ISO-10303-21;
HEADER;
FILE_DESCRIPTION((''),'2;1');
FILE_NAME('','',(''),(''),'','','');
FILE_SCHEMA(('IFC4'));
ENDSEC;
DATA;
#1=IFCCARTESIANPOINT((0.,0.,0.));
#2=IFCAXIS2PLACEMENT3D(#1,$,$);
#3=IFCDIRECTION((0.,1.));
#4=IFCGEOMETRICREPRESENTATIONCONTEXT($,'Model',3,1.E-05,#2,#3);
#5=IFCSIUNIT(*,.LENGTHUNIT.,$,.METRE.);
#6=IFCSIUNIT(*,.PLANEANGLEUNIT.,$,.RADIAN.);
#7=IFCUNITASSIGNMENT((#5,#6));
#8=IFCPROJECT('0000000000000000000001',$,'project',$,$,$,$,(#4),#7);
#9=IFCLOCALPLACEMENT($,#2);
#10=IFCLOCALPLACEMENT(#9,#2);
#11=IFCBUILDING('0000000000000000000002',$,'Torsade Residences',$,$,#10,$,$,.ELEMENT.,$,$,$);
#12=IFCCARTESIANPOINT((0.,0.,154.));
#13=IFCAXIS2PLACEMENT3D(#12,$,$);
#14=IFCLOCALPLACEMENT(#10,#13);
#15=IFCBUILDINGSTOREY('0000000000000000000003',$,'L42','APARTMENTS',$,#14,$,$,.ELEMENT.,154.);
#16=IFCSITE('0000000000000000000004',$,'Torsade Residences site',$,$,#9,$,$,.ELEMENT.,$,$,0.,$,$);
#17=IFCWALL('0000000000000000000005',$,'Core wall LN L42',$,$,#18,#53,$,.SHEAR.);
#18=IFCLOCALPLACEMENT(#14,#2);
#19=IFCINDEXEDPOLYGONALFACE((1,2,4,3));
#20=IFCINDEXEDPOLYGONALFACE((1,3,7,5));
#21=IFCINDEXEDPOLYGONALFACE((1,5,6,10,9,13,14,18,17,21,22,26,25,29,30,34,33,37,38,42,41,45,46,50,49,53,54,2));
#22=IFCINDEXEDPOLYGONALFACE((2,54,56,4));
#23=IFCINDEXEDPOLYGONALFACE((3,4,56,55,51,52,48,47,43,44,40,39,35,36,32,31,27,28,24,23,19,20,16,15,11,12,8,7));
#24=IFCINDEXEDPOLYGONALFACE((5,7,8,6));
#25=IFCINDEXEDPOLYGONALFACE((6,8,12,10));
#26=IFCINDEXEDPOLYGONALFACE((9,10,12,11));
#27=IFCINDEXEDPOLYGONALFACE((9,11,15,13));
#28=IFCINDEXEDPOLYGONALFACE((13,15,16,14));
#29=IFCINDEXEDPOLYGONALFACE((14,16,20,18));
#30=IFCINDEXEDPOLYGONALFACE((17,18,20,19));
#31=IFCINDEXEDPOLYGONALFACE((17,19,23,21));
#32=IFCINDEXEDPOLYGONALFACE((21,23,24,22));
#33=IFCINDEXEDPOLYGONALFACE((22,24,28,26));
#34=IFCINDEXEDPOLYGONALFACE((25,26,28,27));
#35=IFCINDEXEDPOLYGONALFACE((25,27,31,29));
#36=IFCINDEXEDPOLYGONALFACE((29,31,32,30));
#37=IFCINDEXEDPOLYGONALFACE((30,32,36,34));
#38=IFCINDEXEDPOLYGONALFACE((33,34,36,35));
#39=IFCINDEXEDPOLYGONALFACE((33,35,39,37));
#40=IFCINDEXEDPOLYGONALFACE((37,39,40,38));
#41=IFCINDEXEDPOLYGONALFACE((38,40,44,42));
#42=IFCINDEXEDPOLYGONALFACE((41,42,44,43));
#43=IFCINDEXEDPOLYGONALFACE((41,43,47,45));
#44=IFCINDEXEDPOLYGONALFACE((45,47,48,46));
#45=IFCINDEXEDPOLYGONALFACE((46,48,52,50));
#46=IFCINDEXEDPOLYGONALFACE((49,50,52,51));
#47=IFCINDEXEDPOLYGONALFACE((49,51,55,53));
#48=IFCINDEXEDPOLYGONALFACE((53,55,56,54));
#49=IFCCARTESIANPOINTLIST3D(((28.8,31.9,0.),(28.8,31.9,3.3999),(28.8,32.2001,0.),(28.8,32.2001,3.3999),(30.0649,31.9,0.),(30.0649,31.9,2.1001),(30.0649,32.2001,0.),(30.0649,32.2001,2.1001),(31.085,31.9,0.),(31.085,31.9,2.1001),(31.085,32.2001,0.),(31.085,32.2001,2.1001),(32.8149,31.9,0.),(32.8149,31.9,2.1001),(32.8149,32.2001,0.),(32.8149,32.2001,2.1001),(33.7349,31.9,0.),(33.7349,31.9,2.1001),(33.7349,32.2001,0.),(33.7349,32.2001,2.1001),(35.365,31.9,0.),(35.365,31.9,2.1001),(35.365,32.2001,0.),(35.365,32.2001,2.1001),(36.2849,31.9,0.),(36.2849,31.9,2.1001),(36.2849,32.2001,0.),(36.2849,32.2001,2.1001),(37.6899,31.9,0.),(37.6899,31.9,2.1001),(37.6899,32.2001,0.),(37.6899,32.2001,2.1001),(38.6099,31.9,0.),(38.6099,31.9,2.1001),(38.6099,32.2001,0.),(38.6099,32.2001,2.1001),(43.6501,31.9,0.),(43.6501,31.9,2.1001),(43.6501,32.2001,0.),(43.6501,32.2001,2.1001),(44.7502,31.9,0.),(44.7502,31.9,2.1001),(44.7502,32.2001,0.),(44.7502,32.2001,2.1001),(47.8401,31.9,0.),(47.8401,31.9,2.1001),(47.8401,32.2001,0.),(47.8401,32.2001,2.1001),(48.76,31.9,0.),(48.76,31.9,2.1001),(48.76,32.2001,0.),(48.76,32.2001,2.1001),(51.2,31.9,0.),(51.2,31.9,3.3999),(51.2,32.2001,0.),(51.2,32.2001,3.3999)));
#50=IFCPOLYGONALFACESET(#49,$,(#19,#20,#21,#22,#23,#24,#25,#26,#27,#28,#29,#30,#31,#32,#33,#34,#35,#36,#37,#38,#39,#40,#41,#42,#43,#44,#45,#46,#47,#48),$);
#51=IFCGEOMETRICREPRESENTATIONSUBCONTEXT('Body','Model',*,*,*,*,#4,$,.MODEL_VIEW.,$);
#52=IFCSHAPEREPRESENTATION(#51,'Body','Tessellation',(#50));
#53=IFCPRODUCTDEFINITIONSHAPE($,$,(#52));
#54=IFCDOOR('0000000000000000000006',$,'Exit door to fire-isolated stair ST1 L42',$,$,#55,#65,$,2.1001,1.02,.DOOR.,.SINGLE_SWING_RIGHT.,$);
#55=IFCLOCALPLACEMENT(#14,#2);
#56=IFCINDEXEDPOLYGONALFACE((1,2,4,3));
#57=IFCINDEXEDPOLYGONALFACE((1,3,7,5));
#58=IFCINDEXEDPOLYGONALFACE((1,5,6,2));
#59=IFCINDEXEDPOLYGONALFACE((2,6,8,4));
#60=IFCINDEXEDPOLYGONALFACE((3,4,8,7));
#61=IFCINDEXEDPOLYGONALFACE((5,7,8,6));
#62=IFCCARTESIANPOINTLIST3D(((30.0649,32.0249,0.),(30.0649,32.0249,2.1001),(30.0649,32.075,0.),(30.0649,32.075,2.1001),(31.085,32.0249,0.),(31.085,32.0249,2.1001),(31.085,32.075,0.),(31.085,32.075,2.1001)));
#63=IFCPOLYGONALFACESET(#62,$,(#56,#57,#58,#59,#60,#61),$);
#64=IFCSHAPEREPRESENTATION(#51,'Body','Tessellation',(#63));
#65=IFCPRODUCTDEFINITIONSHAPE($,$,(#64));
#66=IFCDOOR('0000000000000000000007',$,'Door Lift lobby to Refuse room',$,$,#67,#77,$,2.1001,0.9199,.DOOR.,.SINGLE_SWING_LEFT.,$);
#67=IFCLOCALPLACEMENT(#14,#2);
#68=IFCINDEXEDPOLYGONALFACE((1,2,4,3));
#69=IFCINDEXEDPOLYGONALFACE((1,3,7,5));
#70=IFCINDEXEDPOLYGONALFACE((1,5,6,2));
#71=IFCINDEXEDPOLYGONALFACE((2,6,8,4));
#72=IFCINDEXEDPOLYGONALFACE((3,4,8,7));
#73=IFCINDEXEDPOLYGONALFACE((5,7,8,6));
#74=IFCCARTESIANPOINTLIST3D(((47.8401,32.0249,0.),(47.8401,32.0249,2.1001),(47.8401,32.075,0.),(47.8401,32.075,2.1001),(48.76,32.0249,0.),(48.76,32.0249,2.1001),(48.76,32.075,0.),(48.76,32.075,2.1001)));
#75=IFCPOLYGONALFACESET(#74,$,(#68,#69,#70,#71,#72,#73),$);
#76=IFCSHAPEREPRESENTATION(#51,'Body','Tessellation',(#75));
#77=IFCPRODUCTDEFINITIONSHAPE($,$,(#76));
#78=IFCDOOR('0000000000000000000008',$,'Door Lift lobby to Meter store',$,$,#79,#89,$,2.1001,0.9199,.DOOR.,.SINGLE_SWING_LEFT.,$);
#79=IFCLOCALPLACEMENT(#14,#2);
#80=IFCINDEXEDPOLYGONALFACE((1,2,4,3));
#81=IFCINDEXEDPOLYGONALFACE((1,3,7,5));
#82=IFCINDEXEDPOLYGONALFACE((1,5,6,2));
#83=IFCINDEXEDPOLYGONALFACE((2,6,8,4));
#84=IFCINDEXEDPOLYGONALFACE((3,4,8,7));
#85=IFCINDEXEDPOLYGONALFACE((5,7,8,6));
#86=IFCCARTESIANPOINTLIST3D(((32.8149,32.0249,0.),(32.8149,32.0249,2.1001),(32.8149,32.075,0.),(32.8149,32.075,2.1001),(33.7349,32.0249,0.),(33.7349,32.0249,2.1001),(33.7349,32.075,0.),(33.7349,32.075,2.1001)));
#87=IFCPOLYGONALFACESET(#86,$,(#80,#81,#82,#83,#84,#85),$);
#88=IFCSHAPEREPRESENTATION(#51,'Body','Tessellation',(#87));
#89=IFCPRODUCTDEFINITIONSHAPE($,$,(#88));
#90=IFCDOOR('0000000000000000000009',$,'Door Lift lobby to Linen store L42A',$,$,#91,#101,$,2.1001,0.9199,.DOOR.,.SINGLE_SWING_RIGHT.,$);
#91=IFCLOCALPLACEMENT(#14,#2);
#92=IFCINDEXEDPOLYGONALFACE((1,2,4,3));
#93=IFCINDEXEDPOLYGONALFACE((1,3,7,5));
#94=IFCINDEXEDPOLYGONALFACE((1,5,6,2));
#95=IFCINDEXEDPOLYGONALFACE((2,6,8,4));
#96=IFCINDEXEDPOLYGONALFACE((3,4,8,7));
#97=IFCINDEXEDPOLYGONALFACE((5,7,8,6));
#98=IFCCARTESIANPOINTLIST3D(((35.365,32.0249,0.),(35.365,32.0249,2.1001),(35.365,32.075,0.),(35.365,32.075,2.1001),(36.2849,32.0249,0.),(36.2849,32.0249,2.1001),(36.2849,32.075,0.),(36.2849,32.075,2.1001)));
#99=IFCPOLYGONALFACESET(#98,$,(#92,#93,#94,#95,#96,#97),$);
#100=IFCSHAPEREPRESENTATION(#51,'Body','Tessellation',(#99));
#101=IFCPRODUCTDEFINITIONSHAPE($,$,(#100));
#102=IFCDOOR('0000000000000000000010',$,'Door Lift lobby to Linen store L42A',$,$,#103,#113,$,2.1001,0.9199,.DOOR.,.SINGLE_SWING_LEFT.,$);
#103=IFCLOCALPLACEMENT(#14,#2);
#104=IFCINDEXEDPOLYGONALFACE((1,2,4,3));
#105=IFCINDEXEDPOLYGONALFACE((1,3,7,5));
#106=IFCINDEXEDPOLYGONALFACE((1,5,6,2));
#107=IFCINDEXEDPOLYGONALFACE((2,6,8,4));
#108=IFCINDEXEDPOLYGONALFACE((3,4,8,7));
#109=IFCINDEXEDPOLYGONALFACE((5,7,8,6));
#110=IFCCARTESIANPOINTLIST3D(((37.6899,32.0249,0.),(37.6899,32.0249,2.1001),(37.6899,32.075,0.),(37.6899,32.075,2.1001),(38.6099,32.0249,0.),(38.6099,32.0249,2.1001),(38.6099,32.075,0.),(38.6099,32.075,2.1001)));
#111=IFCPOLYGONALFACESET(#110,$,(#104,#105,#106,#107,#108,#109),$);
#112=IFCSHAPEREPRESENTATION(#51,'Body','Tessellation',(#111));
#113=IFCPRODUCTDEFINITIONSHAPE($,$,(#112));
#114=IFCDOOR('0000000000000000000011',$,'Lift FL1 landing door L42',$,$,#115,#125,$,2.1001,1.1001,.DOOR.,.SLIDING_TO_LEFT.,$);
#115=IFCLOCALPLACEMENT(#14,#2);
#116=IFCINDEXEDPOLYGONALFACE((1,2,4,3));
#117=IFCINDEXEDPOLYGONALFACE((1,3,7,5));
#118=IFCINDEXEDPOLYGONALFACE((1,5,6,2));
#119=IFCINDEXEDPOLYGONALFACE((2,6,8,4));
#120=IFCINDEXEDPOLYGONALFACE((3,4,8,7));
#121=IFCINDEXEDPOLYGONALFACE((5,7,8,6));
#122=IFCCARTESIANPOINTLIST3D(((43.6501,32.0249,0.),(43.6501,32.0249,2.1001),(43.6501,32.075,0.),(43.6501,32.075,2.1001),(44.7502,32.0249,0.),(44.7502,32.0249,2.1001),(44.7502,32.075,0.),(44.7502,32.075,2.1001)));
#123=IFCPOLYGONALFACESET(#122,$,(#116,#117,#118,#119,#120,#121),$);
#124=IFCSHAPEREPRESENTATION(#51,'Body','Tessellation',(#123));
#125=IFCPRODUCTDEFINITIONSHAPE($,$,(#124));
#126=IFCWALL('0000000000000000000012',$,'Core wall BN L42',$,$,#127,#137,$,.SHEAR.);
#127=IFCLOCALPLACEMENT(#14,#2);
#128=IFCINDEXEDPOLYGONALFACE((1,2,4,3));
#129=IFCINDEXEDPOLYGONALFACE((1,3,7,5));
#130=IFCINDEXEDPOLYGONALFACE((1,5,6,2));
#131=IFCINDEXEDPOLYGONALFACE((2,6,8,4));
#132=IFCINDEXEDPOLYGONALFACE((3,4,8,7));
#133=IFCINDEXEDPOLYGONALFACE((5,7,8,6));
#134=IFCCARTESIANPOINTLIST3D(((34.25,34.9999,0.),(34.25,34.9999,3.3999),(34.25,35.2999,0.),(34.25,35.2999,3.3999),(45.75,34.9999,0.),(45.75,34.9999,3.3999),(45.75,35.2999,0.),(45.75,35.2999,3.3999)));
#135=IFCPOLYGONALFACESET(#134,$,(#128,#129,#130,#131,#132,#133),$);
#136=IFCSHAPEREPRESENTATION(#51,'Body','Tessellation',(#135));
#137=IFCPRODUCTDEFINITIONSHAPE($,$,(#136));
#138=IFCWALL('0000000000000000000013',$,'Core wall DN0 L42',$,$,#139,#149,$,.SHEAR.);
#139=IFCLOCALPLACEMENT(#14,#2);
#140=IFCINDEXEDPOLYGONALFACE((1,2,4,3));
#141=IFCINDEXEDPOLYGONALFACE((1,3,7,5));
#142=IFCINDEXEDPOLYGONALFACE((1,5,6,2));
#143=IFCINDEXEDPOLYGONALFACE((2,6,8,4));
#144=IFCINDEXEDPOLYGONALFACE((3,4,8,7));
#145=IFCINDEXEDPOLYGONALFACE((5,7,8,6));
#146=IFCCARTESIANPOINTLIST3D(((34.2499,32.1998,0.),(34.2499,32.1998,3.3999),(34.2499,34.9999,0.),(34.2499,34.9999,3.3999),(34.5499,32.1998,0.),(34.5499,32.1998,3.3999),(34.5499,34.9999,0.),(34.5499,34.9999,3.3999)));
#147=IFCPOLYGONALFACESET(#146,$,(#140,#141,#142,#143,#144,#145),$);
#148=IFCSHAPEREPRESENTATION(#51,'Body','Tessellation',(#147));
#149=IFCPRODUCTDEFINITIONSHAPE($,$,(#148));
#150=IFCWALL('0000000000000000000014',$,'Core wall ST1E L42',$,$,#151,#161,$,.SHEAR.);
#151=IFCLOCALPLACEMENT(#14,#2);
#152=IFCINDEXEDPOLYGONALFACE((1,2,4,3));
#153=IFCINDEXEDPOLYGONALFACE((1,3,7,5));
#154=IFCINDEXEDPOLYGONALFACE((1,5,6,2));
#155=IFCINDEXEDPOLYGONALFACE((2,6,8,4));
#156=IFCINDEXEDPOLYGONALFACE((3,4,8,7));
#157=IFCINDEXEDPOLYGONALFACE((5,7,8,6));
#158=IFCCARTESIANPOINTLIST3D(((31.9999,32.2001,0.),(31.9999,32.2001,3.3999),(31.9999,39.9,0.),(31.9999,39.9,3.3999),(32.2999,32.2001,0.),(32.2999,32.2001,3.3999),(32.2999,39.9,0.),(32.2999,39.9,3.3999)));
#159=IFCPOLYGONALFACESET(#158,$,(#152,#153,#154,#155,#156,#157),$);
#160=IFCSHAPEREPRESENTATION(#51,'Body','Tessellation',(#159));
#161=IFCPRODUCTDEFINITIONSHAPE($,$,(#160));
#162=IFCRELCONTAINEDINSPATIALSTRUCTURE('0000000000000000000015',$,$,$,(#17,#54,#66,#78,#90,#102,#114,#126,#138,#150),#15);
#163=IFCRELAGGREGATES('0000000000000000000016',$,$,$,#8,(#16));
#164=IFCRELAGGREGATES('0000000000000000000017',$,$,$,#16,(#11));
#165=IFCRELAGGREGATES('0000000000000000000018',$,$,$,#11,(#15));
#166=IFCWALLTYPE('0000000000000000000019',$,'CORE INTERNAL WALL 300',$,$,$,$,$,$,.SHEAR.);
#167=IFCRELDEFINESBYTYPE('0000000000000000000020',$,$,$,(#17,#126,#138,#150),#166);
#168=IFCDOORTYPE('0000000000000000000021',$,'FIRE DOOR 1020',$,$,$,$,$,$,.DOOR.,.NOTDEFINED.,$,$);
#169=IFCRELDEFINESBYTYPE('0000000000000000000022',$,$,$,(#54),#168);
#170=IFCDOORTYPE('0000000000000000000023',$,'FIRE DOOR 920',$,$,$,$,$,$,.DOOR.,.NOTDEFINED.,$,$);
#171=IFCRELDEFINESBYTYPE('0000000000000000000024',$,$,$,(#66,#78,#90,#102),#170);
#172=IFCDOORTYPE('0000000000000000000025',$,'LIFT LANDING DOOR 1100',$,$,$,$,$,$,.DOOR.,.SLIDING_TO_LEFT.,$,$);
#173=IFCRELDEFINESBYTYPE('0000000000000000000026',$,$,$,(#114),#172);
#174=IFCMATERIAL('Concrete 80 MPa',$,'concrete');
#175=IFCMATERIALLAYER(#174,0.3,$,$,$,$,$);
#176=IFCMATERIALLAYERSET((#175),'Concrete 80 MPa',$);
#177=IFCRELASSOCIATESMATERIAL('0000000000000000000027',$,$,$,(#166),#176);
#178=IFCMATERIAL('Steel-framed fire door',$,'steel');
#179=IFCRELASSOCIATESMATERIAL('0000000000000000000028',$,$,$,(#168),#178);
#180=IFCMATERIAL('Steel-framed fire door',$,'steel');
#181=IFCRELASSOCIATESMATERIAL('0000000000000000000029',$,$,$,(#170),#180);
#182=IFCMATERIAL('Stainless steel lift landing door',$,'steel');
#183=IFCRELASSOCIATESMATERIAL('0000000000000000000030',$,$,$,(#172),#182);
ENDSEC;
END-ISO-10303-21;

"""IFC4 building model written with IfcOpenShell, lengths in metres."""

from ifc_helpers import new_model, si_unit, direction, frame, frame_2d, origin, place, context, subcontext, project, spatial, rectangle, extrude, material, layer, layer_set, type_object, element, fill, save


model = new_model("IFC4")

# Units and contexts
model_context = context("Model", 3, precision=1e-05, world=origin(), true_north=direction((0.0, 1.0)))
body_context = subcontext(model_context, "Body", "Model", "MODEL_VIEW")
ifc_project = project(units=[si_unit("LENGTHUNIT", "METRE"), si_unit("PLANEANGLEUNIT", "RADIAN")], contexts=[model_context])

# Site, building, storey
site_placement = place(None, origin())
site = spatial("IfcSite", under=ifc_project, at=site_placement, Name="Torsade Residences site", CompositionType="ELEMENT", RefElevation=0.0)
building_placement = place(site_placement, origin())
building = spatial("IfcBuilding", under=site, at=building_placement, Name="Torsade Residences", CompositionType="ELEMENT")
storey_placement = place(building_placement, frame((0.0, 0.0, 154.0)))
storey = spatial("IfcBuildingStorey", under=building, at=storey_placement, Name="L42", Description="APARTMENTS", CompositionType="ELEMENT", Elevation=154.0)

# Wall, openings, doors
ifc_material_1 = material(Name="Concrete 80 MPa", Category="concrete")
ifc_layer_1 = layer(ifc_material_1, 0.3)
ifc_layer_set_1 = layer_set([ifc_layer_1], Name="Concrete 80 MPa")
wall_type_1 = type_object("IfcWallType", Name="CORE INTERNAL WALL 300", PredefinedType="SHEAR", material=ifc_layer_set_1)
wall_1_placement = place(storey_placement, frame((28.8, 32.05, 0.0), z_axis=(0.0, 0.0, 1.0), x_axis=(1.0, 0.0, 0.0)))
wall_1 = element("IfcWall", 1, at=wall_1_placement, inside=storey, type_object=wall_type_1, Name="Core wall LN L42", PredefinedType="SHEAR", context=body_context, shape_type="SweptSolid", body=[
    extrude(rectangle(XDim=22.3999, YDim=0.3, at=frame_2d((11.2, 0.0))), origin(), (0.0, 0.0, 1.0), 3.3999),
])
opening_1_placement = place(wall_1_placement, frame((19.04, 0.0, 0.0)))
opening_1 = element("IfcOpeningElement", 2, at=opening_1_placement, cuts=wall_1, PredefinedType="OPENING", context=body_context, shape_type="SweptSolid", body=[
    extrude(rectangle(XDim=0.9199, YDim=2.1001, at=frame_2d((0.46, 1.05))), frame((0.0, 0.1599, 0.0), z_axis=(0.0, -1.0, 0.0), x_axis=(1.0, 0.0, 0.0)), (0.0, 0.0, 1.0), 0.3201),
])
opening_2_placement = place(wall_1_placement, frame((1.2649, 0.0, 0.0)))
opening_2 = element("IfcOpeningElement", 3, at=opening_2_placement, cuts=wall_1, PredefinedType="OPENING", context=body_context, shape_type="SweptSolid", body=[
    extrude(rectangle(XDim=1.02, YDim=2.1001, at=frame_2d((0.51, 1.05))), frame((0.0, 0.1599, 0.0), z_axis=(0.0, -1.0, 0.0), x_axis=(1.0, 0.0, 0.0)), (0.0, 0.0, 1.0), 0.3201),
])
opening_3_placement = place(wall_1_placement, frame((4.0149, 0.0, 0.0)))
opening_3 = element("IfcOpeningElement", 4, at=opening_3_placement, cuts=wall_1, PredefinedType="OPENING", context=body_context, shape_type="SweptSolid", body=[
    extrude(rectangle(XDim=0.9199, YDim=2.1001, at=frame_2d((0.46, 1.05))), frame((0.0, 0.1599, 0.0), z_axis=(0.0, -1.0, 0.0), x_axis=(1.0, 0.0, 0.0)), (0.0, 0.0, 1.0), 0.3201),
])
opening_4_placement = place(wall_1_placement, frame((6.5649, 0.0, 0.0)))
opening_4 = element("IfcOpeningElement", 5, at=opening_4_placement, cuts=wall_1, PredefinedType="OPENING", context=body_context, shape_type="SweptSolid", body=[
    extrude(rectangle(XDim=0.9199, YDim=2.1001, at=frame_2d((0.46, 1.05))), frame((0.0, 0.1599, 0.0), z_axis=(0.0, -1.0, 0.0), x_axis=(1.0, 0.0, 0.0)), (0.0, 0.0, 1.0), 0.3201),
])
opening_5_placement = place(wall_1_placement, frame((8.8899, 0.0, 0.0)))
opening_5 = element("IfcOpeningElement", 6, at=opening_5_placement, cuts=wall_1, PredefinedType="OPENING", context=body_context, shape_type="SweptSolid", body=[
    extrude(rectangle(XDim=0.9199, YDim=2.1001, at=frame_2d((0.46, 1.05))), frame((0.0, 0.1599, 0.0), z_axis=(0.0, -1.0, 0.0), x_axis=(1.0, 0.0, 0.0)), (0.0, 0.0, 1.0), 0.3201),
])
opening_6_placement = place(wall_1_placement, frame((14.8501, 0.0, 0.0)))
opening_6 = element("IfcOpeningElement", 7, at=opening_6_placement, cuts=wall_1, PredefinedType="OPENING", context=body_context, shape_type="SweptSolid", body=[
    extrude(rectangle(XDim=1.1001, YDim=2.1001, at=frame_2d((0.55, 1.05))), frame((0.0, 0.1599, 0.0), z_axis=(0.0, -1.0, 0.0), x_axis=(1.0, 0.0, 0.0)), (0.0, 0.0, 1.0), 0.3201),
])
ifc_material_2 = material(Name="Steel-framed fire door", Category="steel")
door_type_1 = type_object("IfcDoorType", Name="FIRE DOOR 1020", OperationType="NOTDEFINED", PredefinedType="DOOR", material=ifc_material_2)
door_1_placement = place(opening_2_placement, origin())
door_1 = element("IfcDoor", 8, at=door_1_placement, inside=storey, type_object=door_type_1, Name="Exit door to fire-isolated stair ST1 L42", OperationType="SINGLE_SWING_RIGHT", OverallHeight=2.1001, OverallWidth=1.02, PredefinedType="DOOR", context=body_context, shape_type="SweptSolid", body=[
    extrude(rectangle(XDim=1.02, YDim=2.1001, at=frame_2d((0.51, 1.05))), frame((0.0, 0.0249, 0.0), z_axis=(0.0, -1.0, 0.0), x_axis=(1.0, 0.0, 0.0)), (0.0, 0.0, 1.0), 0.05),
])
fill(opening_2, door_1)
ifc_material_3 = material(Name="Steel-framed fire door", Category="steel")
door_type_2 = type_object("IfcDoorType", Name="FIRE DOOR 920", OperationType="NOTDEFINED", PredefinedType="DOOR", material=ifc_material_3)
door_2_placement = place(opening_1_placement, origin())
door_2 = element("IfcDoor", 9, at=door_2_placement, inside=storey, type_object=door_type_2, Name="Door Lift lobby to Refuse room", OperationType="SINGLE_SWING_LEFT", OverallHeight=2.1001, OverallWidth=0.9199, PredefinedType="DOOR", context=body_context, shape_type="SweptSolid", body=[
    extrude(rectangle(XDim=0.9199, YDim=2.1001, at=frame_2d((0.46, 1.05))), frame((0.0, 0.0249, 0.0), z_axis=(0.0, -1.0, 0.0), x_axis=(1.0, 0.0, 0.0)), (0.0, 0.0, 1.0), 0.05),
])
fill(opening_1, door_2)
door_3_placement = place(opening_3_placement, origin())
door_3 = element("IfcDoor", 10, at=door_3_placement, inside=storey, type_object=door_type_2, Name="Door Lift lobby to Meter store", OperationType="SINGLE_SWING_LEFT", OverallHeight=2.1001, OverallWidth=0.9199, PredefinedType="DOOR", context=body_context, shape_type="SweptSolid", body=[
    extrude(rectangle(XDim=0.9199, YDim=2.1001, at=frame_2d((0.46, 1.05))), frame((0.0, 0.0249, 0.0), z_axis=(0.0, -1.0, 0.0), x_axis=(1.0, 0.0, 0.0)), (0.0, 0.0, 1.0), 0.05),
])
fill(opening_3, door_3)
door_4_placement = place(opening_4_placement, origin())
door_4 = element("IfcDoor", 11, at=door_4_placement, inside=storey, type_object=door_type_2, Name="Door Lift lobby to Linen store L42A", OperationType="SINGLE_SWING_RIGHT", OverallHeight=2.1001, OverallWidth=0.9199, PredefinedType="DOOR", context=body_context, shape_type="SweptSolid", body=[
    extrude(rectangle(XDim=0.9199, YDim=2.1001, at=frame_2d((0.46, 1.05))), frame((0.0, 0.0249, 0.0), z_axis=(0.0, -1.0, 0.0), x_axis=(1.0, 0.0, 0.0)), (0.0, 0.0, 1.0), 0.05),
])
fill(opening_4, door_4)
door_5_placement = place(opening_5_placement, origin())
door_5 = element("IfcDoor", 12, at=door_5_placement, inside=storey, type_object=door_type_2, Name="Door Lift lobby to Linen store L42A", OperationType="SINGLE_SWING_LEFT", OverallHeight=2.1001, OverallWidth=0.9199, PredefinedType="DOOR", context=body_context, shape_type="SweptSolid", body=[
    extrude(rectangle(XDim=0.9199, YDim=2.1001, at=frame_2d((0.46, 1.05))), frame((0.0, 0.0249, 0.0), z_axis=(0.0, -1.0, 0.0), x_axis=(1.0, 0.0, 0.0)), (0.0, 0.0, 1.0), 0.05),
])
fill(opening_5, door_5)
ifc_material_4 = material(Name="Stainless steel lift landing door", Category="steel")
door_type_3 = type_object("IfcDoorType", Name="LIFT LANDING DOOR 1100", OperationType="SLIDING_TO_LEFT", PredefinedType="DOOR", material=ifc_material_4)
door_6_placement = place(opening_6_placement, origin())
door_6 = element("IfcDoor", 13, at=door_6_placement, inside=storey, type_object=door_type_3, Name="Lift FL1 landing door L42", OperationType="SLIDING_TO_LEFT", OverallHeight=2.1001, OverallWidth=1.1001, PredefinedType="DOOR", context=body_context, shape_type="SweptSolid", body=[
    extrude(rectangle(XDim=1.1001, YDim=2.1001, at=frame_2d((0.55, 1.05))), frame((0.0, 0.0249, 0.0), z_axis=(0.0, -1.0, 0.0), x_axis=(1.0, 0.0, 0.0)), (0.0, 0.0, 1.0), 0.05),
])
fill(opening_6, door_6)

# Walls
wall_2_placement = place(storey_placement, frame((34.25, 35.1499, 0.0), z_axis=(0.0, 0.0, 1.0), x_axis=(1.0, 0.0, 0.0)))
element("IfcWall", 14, at=wall_2_placement, inside=storey, type_object=wall_type_1, Name="Core wall BN L42", PredefinedType="SHEAR", context=body_context, shape_type="SweptSolid", body=[
    extrude(rectangle(XDim=11.5, YDim=0.3, at=frame_2d((5.75, 0.0))), origin(), (0.0, 0.0, 1.0), 3.3999),
])
wall_3_placement = place(storey_placement, frame((34.3999, 32.2, 0.0), z_axis=(0.0, 0.0, 1.0), x_axis=(0.0, 1.0, 0.0)))
element("IfcWall", 15, at=wall_3_placement, inside=storey, type_object=wall_type_1, Name="Core wall DN0 L42", PredefinedType="SHEAR", context=body_context, shape_type="SweptSolid", body=[
    extrude(rectangle(XDim=2.8, YDim=0.3, at=frame_2d((1.3999, 0.0))), origin(), (0.0, 0.0, 1.0), 3.3999),
])
wall_4_placement = place(storey_placement, frame((32.1499, 32.2, 0.0), z_axis=(0.0, 0.0, 1.0), x_axis=(0.0, 1.0, 0.0)))
element("IfcWall", 16, at=wall_4_placement, inside=storey, type_object=wall_type_1, Name="Core wall ST1E L42", PredefinedType="SHEAR", context=body_context, shape_type="SweptSolid", body=[
    extrude(rectangle(XDim=7.7, YDim=0.3, at=frame_2d((3.8501, 0.0))), origin(), (0.0, 0.0, 1.0), 3.3999),
])

save(model, "model.ifc")
